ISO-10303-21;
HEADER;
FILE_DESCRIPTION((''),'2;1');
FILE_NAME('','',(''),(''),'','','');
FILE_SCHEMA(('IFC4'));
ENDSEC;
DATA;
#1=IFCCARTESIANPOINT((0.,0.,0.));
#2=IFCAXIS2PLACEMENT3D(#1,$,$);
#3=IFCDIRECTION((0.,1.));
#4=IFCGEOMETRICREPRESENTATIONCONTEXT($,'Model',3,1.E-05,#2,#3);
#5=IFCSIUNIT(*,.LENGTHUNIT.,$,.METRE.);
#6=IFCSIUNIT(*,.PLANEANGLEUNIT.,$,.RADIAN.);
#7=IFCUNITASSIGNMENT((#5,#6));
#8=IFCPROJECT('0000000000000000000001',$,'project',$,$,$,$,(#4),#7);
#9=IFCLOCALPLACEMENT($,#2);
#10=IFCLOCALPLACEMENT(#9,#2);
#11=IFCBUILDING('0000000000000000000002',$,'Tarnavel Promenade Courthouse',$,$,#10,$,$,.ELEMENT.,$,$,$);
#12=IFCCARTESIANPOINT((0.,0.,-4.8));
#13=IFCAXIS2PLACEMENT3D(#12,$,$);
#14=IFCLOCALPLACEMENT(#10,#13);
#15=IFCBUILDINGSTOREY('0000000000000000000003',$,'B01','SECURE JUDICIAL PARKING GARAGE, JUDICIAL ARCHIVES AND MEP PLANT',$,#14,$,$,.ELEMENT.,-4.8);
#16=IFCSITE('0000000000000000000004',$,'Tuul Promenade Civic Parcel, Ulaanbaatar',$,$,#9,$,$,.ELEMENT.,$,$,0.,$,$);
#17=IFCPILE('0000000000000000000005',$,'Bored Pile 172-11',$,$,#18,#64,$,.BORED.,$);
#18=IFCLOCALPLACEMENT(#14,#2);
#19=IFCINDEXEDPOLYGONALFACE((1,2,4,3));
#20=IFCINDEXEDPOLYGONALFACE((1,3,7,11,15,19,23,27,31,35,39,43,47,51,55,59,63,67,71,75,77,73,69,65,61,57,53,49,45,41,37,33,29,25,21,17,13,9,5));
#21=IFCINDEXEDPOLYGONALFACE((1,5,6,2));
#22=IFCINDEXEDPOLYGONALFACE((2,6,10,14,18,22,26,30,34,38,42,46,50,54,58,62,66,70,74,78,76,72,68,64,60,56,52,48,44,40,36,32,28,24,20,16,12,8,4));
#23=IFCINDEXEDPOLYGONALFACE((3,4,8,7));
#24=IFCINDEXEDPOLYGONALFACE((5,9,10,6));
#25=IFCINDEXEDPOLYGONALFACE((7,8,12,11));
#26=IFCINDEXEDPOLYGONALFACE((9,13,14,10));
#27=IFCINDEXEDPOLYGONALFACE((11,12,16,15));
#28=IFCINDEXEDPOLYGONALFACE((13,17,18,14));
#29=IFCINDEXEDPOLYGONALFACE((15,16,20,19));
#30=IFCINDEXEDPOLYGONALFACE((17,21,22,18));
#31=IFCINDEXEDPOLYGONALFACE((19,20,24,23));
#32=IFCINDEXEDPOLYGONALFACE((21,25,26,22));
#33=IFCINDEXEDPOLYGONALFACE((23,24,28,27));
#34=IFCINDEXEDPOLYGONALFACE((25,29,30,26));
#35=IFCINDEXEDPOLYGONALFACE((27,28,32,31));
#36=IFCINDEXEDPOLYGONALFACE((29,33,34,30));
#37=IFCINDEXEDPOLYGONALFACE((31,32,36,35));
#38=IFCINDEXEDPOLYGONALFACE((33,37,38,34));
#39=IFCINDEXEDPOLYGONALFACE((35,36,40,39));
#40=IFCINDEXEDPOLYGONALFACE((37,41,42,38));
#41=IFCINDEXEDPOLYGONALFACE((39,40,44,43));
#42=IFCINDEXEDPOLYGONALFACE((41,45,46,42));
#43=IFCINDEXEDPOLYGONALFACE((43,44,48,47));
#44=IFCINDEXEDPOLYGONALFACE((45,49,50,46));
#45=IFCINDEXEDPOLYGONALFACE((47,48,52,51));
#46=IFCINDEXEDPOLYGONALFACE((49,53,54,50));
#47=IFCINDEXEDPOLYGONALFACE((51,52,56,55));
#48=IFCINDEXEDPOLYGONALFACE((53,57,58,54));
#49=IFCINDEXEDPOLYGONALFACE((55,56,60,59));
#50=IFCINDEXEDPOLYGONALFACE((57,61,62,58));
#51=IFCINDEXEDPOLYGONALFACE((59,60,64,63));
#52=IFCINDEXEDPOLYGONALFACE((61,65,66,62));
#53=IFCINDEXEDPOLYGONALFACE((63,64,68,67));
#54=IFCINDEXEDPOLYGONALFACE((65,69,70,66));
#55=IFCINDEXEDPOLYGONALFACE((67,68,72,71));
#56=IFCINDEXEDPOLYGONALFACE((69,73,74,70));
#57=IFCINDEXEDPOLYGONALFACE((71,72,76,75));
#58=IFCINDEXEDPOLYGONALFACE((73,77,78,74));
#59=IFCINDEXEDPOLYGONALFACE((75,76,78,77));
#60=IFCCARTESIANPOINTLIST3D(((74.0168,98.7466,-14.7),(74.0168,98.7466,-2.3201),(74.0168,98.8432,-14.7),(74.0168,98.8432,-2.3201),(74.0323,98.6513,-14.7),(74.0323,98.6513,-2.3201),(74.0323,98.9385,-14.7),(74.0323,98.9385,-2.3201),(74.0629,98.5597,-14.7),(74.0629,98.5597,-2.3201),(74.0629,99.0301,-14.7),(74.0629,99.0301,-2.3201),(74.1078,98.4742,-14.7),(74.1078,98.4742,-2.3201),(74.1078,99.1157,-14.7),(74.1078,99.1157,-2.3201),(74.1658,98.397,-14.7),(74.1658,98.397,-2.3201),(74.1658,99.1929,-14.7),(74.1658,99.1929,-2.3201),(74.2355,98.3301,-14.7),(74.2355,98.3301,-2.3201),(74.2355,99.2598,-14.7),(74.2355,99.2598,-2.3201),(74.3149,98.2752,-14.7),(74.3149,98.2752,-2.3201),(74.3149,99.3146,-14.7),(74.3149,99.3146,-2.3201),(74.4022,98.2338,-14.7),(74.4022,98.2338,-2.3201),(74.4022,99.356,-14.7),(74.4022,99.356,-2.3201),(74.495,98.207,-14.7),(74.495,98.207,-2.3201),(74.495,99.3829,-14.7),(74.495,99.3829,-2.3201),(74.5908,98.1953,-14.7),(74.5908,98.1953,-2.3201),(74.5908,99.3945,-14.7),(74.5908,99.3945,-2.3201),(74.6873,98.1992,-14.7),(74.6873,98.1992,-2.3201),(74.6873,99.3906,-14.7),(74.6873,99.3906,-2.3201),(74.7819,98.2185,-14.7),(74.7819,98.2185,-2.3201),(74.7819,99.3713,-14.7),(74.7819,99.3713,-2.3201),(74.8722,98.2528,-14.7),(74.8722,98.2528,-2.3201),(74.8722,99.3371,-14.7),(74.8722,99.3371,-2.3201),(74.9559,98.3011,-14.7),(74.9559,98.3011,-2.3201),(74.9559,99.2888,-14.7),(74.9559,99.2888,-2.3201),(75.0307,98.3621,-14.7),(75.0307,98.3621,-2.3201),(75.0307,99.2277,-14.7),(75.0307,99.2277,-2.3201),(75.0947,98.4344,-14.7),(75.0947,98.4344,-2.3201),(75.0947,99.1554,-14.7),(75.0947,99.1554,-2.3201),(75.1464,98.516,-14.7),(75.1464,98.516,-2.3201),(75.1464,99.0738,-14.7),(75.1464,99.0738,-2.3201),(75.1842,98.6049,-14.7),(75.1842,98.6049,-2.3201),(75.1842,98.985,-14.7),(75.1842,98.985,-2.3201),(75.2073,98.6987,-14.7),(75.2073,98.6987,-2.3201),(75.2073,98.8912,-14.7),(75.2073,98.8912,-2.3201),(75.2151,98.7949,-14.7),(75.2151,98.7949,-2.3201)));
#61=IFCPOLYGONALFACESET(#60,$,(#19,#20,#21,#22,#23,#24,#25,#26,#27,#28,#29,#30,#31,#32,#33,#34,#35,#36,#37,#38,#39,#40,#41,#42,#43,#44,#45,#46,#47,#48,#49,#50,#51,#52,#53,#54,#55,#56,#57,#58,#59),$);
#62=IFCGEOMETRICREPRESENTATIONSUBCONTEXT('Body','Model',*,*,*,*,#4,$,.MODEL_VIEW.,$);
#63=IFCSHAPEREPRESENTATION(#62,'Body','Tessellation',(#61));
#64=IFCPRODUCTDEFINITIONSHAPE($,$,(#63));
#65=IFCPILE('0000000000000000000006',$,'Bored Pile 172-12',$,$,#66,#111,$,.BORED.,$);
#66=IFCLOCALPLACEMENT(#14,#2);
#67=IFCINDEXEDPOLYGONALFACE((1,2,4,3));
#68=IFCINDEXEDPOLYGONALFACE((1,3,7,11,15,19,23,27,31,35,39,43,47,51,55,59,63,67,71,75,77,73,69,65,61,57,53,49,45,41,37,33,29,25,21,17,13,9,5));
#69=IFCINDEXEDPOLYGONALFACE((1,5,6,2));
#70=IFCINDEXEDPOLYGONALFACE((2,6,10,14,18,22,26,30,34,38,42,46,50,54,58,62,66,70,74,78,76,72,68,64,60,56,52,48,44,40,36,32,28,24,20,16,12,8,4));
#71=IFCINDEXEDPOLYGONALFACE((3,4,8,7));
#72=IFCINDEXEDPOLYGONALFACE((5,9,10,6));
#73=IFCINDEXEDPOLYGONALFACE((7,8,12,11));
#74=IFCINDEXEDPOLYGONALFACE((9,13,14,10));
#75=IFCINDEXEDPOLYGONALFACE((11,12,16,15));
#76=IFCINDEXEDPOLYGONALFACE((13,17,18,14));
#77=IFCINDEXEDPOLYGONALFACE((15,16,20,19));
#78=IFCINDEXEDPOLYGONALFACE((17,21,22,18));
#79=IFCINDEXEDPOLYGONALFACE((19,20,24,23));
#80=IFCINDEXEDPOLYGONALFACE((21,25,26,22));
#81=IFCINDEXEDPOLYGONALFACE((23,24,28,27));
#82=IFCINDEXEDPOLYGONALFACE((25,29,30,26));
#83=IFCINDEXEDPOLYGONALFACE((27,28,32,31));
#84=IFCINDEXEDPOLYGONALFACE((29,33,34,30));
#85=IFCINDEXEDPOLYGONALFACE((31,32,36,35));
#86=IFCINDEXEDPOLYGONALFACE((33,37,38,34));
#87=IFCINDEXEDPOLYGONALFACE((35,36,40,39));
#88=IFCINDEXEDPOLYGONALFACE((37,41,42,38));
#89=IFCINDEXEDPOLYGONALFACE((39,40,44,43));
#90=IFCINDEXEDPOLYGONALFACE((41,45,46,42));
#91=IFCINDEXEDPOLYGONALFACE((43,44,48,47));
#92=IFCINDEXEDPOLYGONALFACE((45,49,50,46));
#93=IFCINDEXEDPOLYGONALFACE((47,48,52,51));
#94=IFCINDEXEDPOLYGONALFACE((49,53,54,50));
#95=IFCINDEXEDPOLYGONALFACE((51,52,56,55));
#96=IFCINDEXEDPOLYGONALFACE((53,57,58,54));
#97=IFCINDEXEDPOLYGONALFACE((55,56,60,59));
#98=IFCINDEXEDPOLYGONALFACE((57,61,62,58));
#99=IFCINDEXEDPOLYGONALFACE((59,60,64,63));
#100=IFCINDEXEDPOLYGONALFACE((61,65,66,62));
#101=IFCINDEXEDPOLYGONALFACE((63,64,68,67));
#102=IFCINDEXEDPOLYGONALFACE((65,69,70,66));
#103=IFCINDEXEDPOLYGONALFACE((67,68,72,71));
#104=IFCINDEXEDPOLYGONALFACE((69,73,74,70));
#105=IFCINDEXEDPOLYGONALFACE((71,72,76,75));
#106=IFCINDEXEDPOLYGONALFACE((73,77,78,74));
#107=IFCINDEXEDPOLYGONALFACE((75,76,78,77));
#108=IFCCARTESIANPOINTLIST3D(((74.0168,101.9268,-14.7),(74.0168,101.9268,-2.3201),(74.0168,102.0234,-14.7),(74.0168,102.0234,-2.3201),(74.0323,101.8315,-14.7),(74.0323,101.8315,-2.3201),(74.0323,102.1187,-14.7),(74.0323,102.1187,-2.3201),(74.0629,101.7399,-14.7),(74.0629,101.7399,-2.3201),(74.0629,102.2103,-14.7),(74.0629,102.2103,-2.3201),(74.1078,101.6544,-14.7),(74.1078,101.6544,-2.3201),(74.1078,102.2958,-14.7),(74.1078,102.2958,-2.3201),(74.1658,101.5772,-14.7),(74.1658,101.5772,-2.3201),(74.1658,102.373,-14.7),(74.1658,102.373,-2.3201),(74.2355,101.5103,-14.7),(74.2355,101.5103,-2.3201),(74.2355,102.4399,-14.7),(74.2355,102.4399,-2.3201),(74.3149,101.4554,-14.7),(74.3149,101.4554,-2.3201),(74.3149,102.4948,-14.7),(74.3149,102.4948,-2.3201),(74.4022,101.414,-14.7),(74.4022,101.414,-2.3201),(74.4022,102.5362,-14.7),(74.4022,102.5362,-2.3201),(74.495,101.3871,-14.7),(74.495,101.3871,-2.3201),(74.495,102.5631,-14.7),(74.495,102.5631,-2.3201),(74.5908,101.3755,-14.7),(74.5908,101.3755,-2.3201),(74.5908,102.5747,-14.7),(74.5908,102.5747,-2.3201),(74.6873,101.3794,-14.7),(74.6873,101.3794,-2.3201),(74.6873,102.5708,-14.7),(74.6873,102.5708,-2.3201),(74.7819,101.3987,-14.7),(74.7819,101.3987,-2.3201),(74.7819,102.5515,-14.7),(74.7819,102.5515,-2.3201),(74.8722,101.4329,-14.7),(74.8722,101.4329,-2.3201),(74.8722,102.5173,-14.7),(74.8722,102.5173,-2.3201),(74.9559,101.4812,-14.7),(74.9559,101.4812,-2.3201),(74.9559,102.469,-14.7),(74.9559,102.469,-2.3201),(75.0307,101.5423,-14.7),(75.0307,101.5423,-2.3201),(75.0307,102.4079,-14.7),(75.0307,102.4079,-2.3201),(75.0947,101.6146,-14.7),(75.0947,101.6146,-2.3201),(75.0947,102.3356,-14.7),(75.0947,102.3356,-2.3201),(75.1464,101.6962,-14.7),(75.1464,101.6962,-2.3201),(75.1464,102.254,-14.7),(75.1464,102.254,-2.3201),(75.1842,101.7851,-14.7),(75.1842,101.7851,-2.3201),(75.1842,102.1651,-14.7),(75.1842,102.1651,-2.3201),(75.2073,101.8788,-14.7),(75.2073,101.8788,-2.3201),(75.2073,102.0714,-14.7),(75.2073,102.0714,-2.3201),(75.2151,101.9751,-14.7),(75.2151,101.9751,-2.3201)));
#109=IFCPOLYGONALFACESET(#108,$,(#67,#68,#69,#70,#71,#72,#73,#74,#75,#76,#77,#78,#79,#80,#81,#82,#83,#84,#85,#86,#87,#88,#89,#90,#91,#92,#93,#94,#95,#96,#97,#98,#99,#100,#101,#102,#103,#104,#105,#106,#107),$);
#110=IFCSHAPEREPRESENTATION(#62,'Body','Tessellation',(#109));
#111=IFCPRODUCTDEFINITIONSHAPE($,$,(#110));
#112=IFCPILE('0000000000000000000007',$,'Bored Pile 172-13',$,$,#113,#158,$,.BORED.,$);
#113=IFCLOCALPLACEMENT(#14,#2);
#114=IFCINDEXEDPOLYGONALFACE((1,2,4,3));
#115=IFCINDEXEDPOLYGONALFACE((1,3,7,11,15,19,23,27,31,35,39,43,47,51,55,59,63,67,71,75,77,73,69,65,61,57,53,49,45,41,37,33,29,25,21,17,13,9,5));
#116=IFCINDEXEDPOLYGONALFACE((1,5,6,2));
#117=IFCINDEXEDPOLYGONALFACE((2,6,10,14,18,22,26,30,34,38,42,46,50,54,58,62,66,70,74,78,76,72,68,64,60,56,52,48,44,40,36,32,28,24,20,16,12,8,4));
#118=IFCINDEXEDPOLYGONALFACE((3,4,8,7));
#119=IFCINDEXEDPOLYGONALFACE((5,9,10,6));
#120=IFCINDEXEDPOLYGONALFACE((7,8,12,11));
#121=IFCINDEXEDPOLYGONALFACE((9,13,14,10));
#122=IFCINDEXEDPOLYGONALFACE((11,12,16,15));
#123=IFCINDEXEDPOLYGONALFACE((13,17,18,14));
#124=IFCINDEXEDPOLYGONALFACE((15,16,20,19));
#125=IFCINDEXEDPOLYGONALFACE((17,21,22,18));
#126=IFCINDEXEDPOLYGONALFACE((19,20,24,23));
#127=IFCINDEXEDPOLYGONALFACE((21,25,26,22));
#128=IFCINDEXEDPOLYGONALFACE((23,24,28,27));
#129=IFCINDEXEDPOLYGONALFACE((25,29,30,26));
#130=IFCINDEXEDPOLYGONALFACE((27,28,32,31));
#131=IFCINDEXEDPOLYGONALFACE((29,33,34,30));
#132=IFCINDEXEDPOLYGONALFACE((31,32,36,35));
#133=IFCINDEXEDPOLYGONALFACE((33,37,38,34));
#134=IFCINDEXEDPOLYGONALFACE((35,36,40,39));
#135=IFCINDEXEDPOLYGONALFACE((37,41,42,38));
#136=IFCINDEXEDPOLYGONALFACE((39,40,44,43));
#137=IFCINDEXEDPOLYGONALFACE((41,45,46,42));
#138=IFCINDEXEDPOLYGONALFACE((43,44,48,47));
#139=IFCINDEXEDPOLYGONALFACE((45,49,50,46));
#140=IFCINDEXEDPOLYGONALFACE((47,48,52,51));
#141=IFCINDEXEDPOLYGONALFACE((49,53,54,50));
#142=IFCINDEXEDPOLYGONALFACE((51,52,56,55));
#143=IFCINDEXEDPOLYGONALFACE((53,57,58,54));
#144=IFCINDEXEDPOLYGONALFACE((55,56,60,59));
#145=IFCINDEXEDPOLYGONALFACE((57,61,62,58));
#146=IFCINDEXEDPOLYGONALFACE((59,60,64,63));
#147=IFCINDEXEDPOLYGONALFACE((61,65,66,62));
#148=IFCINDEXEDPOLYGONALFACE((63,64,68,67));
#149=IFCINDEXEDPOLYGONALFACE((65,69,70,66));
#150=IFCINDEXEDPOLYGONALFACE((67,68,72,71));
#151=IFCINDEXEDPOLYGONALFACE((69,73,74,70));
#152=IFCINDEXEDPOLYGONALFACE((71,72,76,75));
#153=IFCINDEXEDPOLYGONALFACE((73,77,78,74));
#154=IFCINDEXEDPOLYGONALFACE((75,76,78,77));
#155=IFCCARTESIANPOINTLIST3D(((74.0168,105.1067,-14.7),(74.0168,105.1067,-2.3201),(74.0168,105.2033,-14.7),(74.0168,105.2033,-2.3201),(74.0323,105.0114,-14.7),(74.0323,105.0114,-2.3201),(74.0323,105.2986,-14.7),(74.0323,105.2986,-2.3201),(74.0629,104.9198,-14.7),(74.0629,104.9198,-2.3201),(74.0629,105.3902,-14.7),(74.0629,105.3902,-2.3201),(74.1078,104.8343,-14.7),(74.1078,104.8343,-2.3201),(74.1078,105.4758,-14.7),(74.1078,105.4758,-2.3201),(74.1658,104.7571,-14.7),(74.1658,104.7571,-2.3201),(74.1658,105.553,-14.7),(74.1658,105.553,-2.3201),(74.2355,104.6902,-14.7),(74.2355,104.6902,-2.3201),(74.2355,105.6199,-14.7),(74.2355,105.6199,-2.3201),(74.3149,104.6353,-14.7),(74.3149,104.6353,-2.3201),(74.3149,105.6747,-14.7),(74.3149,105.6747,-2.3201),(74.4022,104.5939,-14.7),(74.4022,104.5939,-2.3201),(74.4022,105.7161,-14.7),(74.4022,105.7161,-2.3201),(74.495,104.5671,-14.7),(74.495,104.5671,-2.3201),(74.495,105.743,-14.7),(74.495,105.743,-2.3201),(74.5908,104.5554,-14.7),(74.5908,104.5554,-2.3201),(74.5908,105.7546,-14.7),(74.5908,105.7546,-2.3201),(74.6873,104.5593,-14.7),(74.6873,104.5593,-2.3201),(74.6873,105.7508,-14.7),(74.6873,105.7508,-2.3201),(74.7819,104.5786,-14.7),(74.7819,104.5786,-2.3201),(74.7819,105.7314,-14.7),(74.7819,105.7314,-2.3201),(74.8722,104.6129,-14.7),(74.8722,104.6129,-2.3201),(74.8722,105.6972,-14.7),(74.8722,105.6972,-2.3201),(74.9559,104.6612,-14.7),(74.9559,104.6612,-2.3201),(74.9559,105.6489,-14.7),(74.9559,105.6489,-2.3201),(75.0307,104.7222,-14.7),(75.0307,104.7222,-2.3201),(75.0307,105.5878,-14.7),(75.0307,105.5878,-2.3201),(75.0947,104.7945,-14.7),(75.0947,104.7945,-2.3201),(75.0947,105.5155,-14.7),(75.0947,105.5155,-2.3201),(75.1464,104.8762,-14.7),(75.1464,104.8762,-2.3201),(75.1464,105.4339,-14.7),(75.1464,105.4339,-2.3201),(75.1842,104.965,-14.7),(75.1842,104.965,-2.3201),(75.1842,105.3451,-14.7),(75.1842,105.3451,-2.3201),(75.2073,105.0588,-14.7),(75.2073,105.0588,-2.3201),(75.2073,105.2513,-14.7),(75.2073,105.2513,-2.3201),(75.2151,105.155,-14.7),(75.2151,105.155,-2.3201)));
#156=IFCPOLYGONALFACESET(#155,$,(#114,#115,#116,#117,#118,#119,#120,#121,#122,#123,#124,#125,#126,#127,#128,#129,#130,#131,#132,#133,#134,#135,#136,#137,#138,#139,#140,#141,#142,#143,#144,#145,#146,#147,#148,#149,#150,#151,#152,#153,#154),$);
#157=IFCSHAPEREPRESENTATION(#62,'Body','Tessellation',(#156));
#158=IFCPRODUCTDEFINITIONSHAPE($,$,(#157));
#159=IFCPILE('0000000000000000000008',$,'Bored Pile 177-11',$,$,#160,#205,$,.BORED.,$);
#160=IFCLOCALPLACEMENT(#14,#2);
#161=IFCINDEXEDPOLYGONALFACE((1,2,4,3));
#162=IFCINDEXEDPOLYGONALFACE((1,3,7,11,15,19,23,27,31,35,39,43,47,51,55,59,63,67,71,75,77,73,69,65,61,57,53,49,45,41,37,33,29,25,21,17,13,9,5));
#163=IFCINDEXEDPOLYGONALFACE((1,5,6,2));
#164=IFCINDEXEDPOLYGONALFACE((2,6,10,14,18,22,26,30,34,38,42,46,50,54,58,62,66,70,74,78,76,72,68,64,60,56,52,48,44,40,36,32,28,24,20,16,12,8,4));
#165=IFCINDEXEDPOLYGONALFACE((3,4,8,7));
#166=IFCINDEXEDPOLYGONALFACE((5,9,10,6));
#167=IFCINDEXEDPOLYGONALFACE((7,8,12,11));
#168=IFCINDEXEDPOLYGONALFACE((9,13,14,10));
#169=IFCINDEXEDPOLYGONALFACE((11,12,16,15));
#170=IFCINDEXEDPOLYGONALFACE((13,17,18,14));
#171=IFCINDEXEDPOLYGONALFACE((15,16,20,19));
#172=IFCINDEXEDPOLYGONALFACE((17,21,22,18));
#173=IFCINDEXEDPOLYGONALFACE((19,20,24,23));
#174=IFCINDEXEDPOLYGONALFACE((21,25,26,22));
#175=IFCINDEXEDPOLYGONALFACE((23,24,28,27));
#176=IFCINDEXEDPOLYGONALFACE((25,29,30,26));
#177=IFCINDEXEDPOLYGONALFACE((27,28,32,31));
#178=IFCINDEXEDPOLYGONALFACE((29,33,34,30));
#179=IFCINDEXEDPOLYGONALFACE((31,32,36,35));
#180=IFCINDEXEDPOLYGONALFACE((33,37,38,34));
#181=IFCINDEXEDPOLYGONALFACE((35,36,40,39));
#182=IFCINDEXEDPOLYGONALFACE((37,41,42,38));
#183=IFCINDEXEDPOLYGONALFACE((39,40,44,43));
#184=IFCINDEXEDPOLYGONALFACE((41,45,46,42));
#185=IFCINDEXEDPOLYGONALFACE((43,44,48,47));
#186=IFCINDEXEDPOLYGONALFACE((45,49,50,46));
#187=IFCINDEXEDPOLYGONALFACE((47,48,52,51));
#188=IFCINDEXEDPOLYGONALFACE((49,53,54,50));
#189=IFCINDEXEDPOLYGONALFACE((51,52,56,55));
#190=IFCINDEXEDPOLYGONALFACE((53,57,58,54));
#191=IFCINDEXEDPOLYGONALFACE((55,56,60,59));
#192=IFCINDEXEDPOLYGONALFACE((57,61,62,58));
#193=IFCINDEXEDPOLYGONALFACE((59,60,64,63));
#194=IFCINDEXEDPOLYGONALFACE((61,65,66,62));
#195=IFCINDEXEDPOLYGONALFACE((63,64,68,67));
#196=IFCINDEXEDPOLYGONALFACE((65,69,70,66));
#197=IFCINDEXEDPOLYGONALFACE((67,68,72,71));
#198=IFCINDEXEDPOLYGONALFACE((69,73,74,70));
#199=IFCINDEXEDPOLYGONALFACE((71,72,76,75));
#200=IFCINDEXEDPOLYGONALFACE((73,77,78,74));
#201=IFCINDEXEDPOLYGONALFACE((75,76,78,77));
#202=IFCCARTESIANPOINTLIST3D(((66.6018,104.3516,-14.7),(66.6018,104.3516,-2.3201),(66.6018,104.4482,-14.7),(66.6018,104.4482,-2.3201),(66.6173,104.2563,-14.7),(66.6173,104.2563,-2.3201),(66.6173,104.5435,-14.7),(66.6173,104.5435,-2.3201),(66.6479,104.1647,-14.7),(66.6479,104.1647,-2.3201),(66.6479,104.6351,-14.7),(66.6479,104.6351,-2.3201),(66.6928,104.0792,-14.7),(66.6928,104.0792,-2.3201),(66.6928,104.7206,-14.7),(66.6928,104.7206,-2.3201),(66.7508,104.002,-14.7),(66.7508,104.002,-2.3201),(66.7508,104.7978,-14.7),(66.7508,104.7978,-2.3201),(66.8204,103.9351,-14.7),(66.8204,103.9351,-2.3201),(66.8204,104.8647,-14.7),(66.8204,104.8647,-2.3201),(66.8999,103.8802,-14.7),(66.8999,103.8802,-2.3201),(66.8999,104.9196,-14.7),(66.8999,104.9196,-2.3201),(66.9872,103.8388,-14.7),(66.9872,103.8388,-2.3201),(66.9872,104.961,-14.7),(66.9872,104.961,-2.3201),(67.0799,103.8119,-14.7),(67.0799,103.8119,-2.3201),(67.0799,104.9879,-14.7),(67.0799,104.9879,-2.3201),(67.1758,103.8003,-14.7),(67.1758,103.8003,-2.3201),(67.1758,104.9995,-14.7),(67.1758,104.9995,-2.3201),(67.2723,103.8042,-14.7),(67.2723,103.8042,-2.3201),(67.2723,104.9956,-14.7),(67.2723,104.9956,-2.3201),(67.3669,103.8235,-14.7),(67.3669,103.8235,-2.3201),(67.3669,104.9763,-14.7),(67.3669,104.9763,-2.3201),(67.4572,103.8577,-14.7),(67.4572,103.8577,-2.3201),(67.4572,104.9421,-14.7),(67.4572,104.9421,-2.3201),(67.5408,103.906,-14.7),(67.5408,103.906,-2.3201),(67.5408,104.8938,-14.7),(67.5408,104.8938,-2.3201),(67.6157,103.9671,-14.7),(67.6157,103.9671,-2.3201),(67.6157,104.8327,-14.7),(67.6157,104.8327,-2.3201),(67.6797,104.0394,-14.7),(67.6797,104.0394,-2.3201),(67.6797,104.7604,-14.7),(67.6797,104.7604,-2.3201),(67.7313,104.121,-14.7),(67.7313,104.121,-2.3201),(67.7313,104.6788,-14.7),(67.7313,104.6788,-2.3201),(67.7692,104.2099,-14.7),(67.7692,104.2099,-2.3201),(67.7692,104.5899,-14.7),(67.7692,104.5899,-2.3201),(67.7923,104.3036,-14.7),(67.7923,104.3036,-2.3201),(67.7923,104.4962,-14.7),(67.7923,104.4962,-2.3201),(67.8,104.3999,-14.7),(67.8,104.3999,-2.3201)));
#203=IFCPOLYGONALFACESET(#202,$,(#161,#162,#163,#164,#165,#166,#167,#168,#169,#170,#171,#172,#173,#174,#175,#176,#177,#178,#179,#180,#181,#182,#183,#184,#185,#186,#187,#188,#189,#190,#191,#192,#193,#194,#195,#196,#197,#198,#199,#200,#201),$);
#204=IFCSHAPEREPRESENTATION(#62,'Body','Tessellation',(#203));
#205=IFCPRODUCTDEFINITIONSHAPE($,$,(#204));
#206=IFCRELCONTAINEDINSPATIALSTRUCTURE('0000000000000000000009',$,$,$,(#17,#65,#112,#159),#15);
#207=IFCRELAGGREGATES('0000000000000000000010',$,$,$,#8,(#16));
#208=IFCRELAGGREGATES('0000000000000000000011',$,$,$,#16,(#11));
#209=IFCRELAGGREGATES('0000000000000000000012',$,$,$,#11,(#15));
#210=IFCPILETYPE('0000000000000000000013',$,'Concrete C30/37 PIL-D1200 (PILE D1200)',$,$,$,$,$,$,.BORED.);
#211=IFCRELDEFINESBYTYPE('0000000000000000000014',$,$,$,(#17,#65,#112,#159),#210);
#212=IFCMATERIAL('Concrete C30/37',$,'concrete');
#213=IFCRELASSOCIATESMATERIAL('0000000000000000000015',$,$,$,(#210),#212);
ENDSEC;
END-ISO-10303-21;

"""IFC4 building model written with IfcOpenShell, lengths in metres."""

from ifc_helpers import new_model, si_unit, direction, frame, origin, origin_2d, place, context, subcontext, project, spatial, circle, extrude, material, material_profile, profile_set, type_object, element, save


model = new_model("IFC4")

# Units and contexts
model_context = context("Model", 3, precision=1e-05, world=origin(), true_north=direction((0.0, 1.0)))
body_context = subcontext(model_context, "Body", "Model", "MODEL_VIEW")
ifc_project = project(units=[si_unit("LENGTHUNIT", "METRE"), si_unit("PLANEANGLEUNIT", "RADIAN")], contexts=[model_context])

# Site, building, storey
site_placement = place(None, origin())
site = spatial("IfcSite", under=ifc_project, at=site_placement, Name="Tuul Promenade Civic Parcel, Ulaanbaatar", CompositionType="ELEMENT", RefElevation=0.0)
building_placement = place(site_placement, origin())
building = spatial("IfcBuilding", under=site, at=building_placement, Name="Tarnavel Promenade Courthouse", CompositionType="ELEMENT")
storey_placement = place(building_placement, frame((0.0, 0.0, -4.8)))
storey = spatial("IfcBuildingStorey", under=building, at=storey_placement, Name="B01", Description="SECURE JUDICIAL PARKING GARAGE, JUDICIAL ARCHIVES AND MEP PLANT", CompositionType="ELEMENT", Elevation=-4.8)

# Piles
ifc_material_1 = material(Name="Concrete C30/37", Category="concrete")
ifc_material_profile_1 = material_profile(ifc_material_1, circle(Radius=0.6001, at=origin_2d()), Name="PILE D1200")
ifc_profile_set_1 = profile_set([ifc_material_profile_1], Name="Concrete C30/37")
pile_type_1 = type_object("IfcPileType", Name="Concrete C30/37 PIL-D1200 (PILE D1200)", PredefinedType="BORED", material=ifc_profile_set_1)
for number, where, z_axis, x_axis, name in (
    (1, (74.615, 98.7949, -2.3201), (0.0, 0.0, -1.0), (1.0, 0.0, 0.0), "Bored Pile 172-11"),
    (2, (74.615, 101.9751, -2.3201), (0.0, 0.0, -1.0), (1.0, 0.0, 0.0), "Bored Pile 172-12"),
    (3, (74.615, 105.155, -2.3201), (0.0, 0.0, -1.0), (1.0, 0.0, 0.0), "Bored Pile 172-13"),
    (4, (67.2, 104.3999, -2.3201), (0.0, 0.0, -1.0), (1.0, 0.0, 0.0), "Bored Pile 177-11"),
):
    element("IfcPile", number, at=place(storey_placement, frame(where, z_axis=z_axis, x_axis=x_axis)), inside=storey, type_object=pile_type_1, Name=name, PredefinedType="BORED", context=body_context, shape_type="SweptSolid", body=[
        extrude(circle(Radius=0.6001, at=origin_2d()), origin(), (0.0, 0.0, 1.0), 12.3799),
    ])

save(model, "model.ifc")
